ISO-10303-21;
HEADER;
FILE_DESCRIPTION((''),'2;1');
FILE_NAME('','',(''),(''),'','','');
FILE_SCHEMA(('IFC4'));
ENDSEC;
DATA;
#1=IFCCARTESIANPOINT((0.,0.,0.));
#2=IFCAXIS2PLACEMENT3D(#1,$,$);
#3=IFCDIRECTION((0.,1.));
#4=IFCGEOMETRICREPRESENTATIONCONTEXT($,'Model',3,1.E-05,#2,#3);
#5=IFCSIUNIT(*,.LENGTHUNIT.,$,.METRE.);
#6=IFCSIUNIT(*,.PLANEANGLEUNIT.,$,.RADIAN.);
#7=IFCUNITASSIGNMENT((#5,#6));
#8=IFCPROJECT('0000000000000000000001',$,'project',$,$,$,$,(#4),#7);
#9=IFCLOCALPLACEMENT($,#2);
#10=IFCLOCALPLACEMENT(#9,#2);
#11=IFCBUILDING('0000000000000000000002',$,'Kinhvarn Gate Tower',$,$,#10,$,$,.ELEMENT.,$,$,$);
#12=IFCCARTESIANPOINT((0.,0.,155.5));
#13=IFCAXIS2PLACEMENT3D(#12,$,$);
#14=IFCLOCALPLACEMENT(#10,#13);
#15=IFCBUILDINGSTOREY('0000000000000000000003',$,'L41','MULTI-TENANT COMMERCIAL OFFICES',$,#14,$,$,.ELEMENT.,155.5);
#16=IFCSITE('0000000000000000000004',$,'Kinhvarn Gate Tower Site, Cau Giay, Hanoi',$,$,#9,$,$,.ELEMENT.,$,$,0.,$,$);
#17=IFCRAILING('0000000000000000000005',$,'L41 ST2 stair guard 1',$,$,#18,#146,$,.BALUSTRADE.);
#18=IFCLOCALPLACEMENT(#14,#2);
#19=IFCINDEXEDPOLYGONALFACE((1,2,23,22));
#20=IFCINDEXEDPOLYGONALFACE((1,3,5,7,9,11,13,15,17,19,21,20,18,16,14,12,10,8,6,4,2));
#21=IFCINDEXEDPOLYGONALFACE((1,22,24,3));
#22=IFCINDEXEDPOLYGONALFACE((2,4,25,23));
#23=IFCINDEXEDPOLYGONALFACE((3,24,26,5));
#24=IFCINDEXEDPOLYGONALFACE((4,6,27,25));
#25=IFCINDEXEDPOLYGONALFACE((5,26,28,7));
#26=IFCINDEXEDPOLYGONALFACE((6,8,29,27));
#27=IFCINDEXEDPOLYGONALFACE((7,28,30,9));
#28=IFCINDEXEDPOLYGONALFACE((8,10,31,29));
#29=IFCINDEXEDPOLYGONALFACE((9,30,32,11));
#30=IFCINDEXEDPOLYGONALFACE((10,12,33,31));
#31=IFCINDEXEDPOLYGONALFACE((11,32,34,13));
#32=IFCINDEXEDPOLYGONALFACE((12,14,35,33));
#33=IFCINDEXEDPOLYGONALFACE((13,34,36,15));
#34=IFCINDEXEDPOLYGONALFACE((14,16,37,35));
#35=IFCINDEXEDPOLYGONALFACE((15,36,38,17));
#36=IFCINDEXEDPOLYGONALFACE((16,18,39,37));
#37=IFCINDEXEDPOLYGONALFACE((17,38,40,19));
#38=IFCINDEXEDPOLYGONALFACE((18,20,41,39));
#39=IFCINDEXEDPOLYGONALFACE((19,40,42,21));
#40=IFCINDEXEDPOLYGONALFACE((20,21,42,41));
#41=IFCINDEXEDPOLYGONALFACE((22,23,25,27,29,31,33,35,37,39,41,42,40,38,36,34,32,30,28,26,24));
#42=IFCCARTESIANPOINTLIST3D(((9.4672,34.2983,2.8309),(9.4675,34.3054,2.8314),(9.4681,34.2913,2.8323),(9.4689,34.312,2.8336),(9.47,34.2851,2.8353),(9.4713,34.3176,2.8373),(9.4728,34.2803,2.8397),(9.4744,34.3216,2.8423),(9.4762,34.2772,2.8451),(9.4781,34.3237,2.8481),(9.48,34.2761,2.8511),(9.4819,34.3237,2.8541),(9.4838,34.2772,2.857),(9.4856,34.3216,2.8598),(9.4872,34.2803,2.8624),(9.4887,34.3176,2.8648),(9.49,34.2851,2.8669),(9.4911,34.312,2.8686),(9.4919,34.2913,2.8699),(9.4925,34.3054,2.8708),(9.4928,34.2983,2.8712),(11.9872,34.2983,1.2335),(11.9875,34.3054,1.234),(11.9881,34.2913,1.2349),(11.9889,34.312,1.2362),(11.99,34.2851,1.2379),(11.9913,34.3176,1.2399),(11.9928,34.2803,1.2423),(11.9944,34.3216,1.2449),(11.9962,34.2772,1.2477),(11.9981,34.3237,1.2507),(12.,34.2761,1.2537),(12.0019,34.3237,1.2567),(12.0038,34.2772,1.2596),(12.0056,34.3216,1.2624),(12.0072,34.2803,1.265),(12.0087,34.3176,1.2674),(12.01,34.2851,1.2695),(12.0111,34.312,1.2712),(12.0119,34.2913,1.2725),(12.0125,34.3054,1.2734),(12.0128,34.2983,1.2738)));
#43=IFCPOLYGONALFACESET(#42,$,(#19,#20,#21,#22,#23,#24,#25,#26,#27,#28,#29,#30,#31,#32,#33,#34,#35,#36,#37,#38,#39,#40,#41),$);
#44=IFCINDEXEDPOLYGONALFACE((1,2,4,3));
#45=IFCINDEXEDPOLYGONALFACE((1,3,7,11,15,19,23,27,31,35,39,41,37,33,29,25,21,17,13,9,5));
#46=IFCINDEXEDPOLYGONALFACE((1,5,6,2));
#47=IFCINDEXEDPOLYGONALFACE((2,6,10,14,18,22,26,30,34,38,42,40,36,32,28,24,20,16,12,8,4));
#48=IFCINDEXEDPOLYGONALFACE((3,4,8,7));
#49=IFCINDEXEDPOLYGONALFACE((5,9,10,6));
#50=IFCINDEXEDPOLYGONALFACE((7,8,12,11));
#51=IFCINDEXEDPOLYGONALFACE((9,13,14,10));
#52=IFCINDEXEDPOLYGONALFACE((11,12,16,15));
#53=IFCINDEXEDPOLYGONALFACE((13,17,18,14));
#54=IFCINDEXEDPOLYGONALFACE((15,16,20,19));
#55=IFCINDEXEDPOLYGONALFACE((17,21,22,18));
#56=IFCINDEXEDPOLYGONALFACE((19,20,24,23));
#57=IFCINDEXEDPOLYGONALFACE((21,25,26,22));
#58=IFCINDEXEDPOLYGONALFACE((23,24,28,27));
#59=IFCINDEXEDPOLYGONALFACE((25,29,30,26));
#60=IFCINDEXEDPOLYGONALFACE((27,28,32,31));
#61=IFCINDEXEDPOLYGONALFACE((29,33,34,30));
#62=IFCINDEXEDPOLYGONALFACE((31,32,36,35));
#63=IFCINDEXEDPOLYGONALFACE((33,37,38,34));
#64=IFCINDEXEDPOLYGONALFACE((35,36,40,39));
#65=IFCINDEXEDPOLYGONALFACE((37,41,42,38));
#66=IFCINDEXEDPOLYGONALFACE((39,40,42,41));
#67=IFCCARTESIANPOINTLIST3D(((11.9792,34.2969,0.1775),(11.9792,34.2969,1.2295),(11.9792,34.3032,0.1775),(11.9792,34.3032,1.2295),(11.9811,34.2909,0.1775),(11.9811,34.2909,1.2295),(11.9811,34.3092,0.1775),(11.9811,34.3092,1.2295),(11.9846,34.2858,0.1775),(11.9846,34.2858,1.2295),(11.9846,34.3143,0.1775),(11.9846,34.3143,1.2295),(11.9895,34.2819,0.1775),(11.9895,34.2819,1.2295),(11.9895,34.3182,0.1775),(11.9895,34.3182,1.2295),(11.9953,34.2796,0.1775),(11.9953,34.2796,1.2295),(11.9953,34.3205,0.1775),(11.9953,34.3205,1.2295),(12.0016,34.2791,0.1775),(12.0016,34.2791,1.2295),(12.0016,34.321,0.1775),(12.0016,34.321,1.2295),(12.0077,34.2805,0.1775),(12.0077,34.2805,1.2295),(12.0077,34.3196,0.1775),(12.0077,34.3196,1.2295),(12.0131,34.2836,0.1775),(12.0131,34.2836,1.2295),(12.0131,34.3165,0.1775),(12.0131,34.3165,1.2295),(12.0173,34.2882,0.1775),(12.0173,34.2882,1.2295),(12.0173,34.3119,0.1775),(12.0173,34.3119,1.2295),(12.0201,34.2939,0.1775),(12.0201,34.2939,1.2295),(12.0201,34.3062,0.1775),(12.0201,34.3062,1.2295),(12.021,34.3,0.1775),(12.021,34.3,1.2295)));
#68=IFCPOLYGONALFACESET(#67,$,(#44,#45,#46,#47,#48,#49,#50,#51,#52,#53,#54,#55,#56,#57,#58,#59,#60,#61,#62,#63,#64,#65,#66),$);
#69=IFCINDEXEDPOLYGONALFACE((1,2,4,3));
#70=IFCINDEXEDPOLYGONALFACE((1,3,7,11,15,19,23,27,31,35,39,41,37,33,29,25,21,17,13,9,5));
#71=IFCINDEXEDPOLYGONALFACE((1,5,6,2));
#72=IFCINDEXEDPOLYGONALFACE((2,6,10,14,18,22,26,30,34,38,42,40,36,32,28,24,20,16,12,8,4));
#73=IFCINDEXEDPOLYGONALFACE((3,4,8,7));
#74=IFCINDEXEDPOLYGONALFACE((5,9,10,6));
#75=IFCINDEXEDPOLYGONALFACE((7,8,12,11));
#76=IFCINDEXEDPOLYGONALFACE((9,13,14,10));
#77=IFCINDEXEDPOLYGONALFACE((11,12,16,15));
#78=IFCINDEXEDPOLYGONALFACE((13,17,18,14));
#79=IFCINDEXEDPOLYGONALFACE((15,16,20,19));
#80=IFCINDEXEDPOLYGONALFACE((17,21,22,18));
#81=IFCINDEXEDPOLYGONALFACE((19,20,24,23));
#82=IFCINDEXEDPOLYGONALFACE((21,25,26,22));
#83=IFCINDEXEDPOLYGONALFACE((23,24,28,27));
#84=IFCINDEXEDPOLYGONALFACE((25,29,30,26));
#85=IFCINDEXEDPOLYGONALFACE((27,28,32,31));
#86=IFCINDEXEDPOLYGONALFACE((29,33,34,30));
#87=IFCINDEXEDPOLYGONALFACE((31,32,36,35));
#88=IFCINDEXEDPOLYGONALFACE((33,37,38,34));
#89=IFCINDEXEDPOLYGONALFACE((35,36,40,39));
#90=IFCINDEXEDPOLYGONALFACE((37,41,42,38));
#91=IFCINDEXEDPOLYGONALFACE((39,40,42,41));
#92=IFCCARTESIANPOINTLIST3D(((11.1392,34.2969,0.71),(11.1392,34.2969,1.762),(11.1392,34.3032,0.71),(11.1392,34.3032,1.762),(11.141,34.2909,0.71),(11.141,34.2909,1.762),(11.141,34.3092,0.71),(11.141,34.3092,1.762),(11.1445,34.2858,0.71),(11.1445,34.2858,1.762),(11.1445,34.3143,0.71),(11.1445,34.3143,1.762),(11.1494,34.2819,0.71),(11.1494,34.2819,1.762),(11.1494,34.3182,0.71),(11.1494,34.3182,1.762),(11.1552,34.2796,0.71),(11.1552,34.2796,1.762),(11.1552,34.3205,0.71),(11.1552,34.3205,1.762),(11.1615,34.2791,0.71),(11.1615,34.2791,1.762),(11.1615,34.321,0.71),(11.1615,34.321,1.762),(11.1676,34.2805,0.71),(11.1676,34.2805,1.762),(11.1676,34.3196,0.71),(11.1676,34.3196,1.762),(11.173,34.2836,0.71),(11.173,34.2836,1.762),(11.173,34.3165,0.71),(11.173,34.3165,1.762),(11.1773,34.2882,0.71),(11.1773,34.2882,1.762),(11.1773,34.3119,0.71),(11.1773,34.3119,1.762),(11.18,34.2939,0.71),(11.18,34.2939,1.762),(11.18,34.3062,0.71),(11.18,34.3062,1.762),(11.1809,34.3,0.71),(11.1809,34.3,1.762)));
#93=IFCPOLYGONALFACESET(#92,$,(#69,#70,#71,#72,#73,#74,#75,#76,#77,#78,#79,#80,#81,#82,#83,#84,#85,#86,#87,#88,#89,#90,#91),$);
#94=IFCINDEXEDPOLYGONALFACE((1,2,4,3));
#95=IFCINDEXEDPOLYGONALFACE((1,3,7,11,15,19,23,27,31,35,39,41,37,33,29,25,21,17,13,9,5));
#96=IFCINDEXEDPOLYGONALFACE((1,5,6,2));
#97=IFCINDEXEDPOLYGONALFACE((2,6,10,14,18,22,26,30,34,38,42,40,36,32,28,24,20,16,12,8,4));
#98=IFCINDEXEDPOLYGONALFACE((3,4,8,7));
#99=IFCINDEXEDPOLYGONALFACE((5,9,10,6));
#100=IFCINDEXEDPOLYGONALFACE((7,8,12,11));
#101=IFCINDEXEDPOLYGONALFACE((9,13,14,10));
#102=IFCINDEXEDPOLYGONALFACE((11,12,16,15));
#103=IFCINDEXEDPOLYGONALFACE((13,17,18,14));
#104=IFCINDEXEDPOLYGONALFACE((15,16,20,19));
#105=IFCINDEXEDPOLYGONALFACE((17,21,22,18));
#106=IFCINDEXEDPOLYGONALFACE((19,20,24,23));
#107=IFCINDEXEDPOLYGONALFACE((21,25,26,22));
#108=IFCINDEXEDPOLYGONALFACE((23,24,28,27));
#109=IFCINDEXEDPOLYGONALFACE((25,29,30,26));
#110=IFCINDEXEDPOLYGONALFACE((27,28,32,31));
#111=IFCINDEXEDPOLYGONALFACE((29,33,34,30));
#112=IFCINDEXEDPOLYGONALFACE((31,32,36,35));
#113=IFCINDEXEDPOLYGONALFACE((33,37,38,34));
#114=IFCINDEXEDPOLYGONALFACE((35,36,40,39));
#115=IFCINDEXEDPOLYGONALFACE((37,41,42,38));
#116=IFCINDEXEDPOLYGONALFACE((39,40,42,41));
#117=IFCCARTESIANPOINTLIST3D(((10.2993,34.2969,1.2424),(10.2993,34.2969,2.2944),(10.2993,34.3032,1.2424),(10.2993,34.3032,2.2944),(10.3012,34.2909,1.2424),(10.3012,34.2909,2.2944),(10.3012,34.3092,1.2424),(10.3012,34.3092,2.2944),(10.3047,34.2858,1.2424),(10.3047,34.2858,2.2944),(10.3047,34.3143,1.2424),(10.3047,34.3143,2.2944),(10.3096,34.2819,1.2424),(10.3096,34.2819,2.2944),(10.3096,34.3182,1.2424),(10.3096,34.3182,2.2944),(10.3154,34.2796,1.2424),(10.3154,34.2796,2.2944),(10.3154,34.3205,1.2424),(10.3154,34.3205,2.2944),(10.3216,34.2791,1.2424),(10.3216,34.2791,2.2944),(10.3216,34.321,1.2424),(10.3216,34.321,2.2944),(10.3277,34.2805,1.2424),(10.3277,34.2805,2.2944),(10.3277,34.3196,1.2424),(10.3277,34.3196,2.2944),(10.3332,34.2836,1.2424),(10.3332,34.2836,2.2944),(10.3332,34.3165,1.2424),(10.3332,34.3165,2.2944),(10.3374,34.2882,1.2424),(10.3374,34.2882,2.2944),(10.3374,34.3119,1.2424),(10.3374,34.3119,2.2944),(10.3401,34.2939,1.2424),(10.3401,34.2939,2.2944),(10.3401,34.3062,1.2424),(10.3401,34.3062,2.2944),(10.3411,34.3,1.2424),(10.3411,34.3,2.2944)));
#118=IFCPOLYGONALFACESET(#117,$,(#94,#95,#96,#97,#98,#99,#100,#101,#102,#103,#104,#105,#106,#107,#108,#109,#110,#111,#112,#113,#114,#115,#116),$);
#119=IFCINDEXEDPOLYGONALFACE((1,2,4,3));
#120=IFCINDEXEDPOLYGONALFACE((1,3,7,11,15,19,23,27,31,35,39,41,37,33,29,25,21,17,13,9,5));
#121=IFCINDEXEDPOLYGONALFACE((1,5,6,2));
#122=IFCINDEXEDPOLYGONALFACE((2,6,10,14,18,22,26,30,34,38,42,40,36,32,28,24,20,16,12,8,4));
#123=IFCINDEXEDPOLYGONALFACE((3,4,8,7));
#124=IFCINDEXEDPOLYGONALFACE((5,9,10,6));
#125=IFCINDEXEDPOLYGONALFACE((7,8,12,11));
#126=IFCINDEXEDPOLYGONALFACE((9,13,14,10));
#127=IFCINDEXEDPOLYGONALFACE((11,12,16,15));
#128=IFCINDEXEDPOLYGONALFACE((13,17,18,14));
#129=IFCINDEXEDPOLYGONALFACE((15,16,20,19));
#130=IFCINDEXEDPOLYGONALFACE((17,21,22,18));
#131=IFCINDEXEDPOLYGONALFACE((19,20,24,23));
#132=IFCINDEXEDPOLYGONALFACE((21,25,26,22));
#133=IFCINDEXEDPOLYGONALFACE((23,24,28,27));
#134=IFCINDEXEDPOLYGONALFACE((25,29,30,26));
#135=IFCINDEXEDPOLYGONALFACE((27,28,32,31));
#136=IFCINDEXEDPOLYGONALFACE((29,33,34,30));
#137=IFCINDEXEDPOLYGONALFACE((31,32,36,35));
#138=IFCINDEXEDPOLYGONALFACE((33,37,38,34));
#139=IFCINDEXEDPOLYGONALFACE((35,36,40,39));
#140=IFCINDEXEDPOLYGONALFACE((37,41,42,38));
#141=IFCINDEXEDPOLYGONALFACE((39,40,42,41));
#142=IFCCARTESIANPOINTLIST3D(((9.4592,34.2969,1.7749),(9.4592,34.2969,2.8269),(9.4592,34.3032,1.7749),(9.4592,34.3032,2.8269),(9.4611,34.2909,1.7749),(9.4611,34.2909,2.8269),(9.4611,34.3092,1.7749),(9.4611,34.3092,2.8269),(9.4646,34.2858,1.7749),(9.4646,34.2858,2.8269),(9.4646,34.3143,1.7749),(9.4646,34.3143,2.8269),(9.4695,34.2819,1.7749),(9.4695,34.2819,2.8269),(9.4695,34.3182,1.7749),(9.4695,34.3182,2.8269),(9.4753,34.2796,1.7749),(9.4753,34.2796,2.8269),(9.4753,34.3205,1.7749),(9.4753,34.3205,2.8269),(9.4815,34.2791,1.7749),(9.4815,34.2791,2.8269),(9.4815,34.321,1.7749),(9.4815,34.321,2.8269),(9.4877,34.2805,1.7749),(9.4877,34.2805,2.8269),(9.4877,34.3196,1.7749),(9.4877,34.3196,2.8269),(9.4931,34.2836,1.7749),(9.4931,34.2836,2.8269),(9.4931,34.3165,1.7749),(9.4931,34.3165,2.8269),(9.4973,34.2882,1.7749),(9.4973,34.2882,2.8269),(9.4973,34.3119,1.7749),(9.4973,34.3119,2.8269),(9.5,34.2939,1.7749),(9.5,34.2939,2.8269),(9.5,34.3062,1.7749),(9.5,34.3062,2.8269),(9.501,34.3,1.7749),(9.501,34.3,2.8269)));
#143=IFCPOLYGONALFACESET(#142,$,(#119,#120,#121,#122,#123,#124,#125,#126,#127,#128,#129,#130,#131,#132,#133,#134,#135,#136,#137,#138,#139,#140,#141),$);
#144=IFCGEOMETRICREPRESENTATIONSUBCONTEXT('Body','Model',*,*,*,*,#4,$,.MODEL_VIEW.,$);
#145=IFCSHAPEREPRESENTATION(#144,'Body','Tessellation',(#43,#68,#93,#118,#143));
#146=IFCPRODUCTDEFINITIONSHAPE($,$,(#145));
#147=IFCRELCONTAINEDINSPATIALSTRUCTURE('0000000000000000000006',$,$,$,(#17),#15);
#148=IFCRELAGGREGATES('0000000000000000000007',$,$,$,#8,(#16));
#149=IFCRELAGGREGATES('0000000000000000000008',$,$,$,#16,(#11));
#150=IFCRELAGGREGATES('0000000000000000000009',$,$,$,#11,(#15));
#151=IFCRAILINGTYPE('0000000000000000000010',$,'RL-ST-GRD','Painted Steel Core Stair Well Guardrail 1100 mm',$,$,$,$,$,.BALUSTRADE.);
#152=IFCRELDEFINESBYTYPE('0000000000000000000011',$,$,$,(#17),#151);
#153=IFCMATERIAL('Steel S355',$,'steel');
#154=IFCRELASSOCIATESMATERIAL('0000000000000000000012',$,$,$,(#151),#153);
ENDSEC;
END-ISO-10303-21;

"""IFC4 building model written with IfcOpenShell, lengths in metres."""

from ifc_helpers import new_model, si_unit, direction, frame, origin, origin_2d, place, context, subcontext, project, spatial, circle, extrude, material, type_object, element, save


model = new_model("IFC4")

# Units and contexts
model_context = context("Model", 3, precision=1e-05, world=origin(), true_north=direction((0.0, 1.0)))
body_context = subcontext(model_context, "Body", "Model", "MODEL_VIEW")
ifc_project = project(units=[si_unit("LENGTHUNIT", "METRE"), si_unit("PLANEANGLEUNIT", "RADIAN")], contexts=[model_context])

# Site, building, storey
site_placement = place(None, origin())
site = spatial("IfcSite", under=ifc_project, at=site_placement, Name="Kinhvarn Gate Tower Site, Cau Giay, Hanoi", CompositionType="ELEMENT", RefElevation=0.0)
building_placement = place(site_placement, origin())
building = spatial("IfcBuilding", under=site, at=building_placement, Name="Kinhvarn Gate Tower", CompositionType="ELEMENT")
storey_placement = place(building_placement, frame((0.0, 0.0, 155.5)))
storey = spatial("IfcBuildingStorey", under=building, at=storey_placement, Name="L41", Description="MULTI-TENANT COMMERCIAL OFFICES", CompositionType="ELEMENT", Elevation=155.5)

# Shared definitions
ifc_material_1 = material(Name="Steel S355", Category="steel")

# Railing
railing_type_1 = type_object("IfcRailingType", Name="RL-ST-GRD", Description="Painted Steel Core Stair Well Guardrail 1100 mm", PredefinedType="BALUSTRADE", material=ifc_material_1)
railing_1_placement = place(storey_placement, frame((12.0, 34.3, 0.1775)))
element("IfcRailing", 1, at=railing_1_placement, inside=storey, type_object=railing_type_1, Name="L41 ST2 stair guard 1", PredefinedType="BALUSTRADE", context=body_context, shape_type="SweptSolid", body=[
    extrude(circle(Radius=0.0239, at=origin_2d()), frame((0.0, 0.0, 1.0762), z_axis=(-0.844607, 0.0, 0.535387), x_axis=(0.0, -1.0, 0.0)), (0.0, 0.0, 1.0), 2.9836),
    extrude(circle(Radius=0.021, at=origin_2d()), origin(), (0.0, 0.0, 1.0), 1.052),
    extrude(circle(Radius=0.021, at=origin_2d()), frame((-0.8401, 0.0, 0.5325)), (0.0, 0.0, 1.0), 1.052),
    extrude(circle(Radius=0.021, at=origin_2d()), frame((-1.6799, 0.0, 1.0649)), (0.0, 0.0, 1.0), 1.052),
    extrude(circle(Radius=0.021, at=origin_2d()), frame((-2.52, 0.0, 1.5974)), (0.0, 0.0, 1.0), 1.052),
])

save(model, "model.ifc")
